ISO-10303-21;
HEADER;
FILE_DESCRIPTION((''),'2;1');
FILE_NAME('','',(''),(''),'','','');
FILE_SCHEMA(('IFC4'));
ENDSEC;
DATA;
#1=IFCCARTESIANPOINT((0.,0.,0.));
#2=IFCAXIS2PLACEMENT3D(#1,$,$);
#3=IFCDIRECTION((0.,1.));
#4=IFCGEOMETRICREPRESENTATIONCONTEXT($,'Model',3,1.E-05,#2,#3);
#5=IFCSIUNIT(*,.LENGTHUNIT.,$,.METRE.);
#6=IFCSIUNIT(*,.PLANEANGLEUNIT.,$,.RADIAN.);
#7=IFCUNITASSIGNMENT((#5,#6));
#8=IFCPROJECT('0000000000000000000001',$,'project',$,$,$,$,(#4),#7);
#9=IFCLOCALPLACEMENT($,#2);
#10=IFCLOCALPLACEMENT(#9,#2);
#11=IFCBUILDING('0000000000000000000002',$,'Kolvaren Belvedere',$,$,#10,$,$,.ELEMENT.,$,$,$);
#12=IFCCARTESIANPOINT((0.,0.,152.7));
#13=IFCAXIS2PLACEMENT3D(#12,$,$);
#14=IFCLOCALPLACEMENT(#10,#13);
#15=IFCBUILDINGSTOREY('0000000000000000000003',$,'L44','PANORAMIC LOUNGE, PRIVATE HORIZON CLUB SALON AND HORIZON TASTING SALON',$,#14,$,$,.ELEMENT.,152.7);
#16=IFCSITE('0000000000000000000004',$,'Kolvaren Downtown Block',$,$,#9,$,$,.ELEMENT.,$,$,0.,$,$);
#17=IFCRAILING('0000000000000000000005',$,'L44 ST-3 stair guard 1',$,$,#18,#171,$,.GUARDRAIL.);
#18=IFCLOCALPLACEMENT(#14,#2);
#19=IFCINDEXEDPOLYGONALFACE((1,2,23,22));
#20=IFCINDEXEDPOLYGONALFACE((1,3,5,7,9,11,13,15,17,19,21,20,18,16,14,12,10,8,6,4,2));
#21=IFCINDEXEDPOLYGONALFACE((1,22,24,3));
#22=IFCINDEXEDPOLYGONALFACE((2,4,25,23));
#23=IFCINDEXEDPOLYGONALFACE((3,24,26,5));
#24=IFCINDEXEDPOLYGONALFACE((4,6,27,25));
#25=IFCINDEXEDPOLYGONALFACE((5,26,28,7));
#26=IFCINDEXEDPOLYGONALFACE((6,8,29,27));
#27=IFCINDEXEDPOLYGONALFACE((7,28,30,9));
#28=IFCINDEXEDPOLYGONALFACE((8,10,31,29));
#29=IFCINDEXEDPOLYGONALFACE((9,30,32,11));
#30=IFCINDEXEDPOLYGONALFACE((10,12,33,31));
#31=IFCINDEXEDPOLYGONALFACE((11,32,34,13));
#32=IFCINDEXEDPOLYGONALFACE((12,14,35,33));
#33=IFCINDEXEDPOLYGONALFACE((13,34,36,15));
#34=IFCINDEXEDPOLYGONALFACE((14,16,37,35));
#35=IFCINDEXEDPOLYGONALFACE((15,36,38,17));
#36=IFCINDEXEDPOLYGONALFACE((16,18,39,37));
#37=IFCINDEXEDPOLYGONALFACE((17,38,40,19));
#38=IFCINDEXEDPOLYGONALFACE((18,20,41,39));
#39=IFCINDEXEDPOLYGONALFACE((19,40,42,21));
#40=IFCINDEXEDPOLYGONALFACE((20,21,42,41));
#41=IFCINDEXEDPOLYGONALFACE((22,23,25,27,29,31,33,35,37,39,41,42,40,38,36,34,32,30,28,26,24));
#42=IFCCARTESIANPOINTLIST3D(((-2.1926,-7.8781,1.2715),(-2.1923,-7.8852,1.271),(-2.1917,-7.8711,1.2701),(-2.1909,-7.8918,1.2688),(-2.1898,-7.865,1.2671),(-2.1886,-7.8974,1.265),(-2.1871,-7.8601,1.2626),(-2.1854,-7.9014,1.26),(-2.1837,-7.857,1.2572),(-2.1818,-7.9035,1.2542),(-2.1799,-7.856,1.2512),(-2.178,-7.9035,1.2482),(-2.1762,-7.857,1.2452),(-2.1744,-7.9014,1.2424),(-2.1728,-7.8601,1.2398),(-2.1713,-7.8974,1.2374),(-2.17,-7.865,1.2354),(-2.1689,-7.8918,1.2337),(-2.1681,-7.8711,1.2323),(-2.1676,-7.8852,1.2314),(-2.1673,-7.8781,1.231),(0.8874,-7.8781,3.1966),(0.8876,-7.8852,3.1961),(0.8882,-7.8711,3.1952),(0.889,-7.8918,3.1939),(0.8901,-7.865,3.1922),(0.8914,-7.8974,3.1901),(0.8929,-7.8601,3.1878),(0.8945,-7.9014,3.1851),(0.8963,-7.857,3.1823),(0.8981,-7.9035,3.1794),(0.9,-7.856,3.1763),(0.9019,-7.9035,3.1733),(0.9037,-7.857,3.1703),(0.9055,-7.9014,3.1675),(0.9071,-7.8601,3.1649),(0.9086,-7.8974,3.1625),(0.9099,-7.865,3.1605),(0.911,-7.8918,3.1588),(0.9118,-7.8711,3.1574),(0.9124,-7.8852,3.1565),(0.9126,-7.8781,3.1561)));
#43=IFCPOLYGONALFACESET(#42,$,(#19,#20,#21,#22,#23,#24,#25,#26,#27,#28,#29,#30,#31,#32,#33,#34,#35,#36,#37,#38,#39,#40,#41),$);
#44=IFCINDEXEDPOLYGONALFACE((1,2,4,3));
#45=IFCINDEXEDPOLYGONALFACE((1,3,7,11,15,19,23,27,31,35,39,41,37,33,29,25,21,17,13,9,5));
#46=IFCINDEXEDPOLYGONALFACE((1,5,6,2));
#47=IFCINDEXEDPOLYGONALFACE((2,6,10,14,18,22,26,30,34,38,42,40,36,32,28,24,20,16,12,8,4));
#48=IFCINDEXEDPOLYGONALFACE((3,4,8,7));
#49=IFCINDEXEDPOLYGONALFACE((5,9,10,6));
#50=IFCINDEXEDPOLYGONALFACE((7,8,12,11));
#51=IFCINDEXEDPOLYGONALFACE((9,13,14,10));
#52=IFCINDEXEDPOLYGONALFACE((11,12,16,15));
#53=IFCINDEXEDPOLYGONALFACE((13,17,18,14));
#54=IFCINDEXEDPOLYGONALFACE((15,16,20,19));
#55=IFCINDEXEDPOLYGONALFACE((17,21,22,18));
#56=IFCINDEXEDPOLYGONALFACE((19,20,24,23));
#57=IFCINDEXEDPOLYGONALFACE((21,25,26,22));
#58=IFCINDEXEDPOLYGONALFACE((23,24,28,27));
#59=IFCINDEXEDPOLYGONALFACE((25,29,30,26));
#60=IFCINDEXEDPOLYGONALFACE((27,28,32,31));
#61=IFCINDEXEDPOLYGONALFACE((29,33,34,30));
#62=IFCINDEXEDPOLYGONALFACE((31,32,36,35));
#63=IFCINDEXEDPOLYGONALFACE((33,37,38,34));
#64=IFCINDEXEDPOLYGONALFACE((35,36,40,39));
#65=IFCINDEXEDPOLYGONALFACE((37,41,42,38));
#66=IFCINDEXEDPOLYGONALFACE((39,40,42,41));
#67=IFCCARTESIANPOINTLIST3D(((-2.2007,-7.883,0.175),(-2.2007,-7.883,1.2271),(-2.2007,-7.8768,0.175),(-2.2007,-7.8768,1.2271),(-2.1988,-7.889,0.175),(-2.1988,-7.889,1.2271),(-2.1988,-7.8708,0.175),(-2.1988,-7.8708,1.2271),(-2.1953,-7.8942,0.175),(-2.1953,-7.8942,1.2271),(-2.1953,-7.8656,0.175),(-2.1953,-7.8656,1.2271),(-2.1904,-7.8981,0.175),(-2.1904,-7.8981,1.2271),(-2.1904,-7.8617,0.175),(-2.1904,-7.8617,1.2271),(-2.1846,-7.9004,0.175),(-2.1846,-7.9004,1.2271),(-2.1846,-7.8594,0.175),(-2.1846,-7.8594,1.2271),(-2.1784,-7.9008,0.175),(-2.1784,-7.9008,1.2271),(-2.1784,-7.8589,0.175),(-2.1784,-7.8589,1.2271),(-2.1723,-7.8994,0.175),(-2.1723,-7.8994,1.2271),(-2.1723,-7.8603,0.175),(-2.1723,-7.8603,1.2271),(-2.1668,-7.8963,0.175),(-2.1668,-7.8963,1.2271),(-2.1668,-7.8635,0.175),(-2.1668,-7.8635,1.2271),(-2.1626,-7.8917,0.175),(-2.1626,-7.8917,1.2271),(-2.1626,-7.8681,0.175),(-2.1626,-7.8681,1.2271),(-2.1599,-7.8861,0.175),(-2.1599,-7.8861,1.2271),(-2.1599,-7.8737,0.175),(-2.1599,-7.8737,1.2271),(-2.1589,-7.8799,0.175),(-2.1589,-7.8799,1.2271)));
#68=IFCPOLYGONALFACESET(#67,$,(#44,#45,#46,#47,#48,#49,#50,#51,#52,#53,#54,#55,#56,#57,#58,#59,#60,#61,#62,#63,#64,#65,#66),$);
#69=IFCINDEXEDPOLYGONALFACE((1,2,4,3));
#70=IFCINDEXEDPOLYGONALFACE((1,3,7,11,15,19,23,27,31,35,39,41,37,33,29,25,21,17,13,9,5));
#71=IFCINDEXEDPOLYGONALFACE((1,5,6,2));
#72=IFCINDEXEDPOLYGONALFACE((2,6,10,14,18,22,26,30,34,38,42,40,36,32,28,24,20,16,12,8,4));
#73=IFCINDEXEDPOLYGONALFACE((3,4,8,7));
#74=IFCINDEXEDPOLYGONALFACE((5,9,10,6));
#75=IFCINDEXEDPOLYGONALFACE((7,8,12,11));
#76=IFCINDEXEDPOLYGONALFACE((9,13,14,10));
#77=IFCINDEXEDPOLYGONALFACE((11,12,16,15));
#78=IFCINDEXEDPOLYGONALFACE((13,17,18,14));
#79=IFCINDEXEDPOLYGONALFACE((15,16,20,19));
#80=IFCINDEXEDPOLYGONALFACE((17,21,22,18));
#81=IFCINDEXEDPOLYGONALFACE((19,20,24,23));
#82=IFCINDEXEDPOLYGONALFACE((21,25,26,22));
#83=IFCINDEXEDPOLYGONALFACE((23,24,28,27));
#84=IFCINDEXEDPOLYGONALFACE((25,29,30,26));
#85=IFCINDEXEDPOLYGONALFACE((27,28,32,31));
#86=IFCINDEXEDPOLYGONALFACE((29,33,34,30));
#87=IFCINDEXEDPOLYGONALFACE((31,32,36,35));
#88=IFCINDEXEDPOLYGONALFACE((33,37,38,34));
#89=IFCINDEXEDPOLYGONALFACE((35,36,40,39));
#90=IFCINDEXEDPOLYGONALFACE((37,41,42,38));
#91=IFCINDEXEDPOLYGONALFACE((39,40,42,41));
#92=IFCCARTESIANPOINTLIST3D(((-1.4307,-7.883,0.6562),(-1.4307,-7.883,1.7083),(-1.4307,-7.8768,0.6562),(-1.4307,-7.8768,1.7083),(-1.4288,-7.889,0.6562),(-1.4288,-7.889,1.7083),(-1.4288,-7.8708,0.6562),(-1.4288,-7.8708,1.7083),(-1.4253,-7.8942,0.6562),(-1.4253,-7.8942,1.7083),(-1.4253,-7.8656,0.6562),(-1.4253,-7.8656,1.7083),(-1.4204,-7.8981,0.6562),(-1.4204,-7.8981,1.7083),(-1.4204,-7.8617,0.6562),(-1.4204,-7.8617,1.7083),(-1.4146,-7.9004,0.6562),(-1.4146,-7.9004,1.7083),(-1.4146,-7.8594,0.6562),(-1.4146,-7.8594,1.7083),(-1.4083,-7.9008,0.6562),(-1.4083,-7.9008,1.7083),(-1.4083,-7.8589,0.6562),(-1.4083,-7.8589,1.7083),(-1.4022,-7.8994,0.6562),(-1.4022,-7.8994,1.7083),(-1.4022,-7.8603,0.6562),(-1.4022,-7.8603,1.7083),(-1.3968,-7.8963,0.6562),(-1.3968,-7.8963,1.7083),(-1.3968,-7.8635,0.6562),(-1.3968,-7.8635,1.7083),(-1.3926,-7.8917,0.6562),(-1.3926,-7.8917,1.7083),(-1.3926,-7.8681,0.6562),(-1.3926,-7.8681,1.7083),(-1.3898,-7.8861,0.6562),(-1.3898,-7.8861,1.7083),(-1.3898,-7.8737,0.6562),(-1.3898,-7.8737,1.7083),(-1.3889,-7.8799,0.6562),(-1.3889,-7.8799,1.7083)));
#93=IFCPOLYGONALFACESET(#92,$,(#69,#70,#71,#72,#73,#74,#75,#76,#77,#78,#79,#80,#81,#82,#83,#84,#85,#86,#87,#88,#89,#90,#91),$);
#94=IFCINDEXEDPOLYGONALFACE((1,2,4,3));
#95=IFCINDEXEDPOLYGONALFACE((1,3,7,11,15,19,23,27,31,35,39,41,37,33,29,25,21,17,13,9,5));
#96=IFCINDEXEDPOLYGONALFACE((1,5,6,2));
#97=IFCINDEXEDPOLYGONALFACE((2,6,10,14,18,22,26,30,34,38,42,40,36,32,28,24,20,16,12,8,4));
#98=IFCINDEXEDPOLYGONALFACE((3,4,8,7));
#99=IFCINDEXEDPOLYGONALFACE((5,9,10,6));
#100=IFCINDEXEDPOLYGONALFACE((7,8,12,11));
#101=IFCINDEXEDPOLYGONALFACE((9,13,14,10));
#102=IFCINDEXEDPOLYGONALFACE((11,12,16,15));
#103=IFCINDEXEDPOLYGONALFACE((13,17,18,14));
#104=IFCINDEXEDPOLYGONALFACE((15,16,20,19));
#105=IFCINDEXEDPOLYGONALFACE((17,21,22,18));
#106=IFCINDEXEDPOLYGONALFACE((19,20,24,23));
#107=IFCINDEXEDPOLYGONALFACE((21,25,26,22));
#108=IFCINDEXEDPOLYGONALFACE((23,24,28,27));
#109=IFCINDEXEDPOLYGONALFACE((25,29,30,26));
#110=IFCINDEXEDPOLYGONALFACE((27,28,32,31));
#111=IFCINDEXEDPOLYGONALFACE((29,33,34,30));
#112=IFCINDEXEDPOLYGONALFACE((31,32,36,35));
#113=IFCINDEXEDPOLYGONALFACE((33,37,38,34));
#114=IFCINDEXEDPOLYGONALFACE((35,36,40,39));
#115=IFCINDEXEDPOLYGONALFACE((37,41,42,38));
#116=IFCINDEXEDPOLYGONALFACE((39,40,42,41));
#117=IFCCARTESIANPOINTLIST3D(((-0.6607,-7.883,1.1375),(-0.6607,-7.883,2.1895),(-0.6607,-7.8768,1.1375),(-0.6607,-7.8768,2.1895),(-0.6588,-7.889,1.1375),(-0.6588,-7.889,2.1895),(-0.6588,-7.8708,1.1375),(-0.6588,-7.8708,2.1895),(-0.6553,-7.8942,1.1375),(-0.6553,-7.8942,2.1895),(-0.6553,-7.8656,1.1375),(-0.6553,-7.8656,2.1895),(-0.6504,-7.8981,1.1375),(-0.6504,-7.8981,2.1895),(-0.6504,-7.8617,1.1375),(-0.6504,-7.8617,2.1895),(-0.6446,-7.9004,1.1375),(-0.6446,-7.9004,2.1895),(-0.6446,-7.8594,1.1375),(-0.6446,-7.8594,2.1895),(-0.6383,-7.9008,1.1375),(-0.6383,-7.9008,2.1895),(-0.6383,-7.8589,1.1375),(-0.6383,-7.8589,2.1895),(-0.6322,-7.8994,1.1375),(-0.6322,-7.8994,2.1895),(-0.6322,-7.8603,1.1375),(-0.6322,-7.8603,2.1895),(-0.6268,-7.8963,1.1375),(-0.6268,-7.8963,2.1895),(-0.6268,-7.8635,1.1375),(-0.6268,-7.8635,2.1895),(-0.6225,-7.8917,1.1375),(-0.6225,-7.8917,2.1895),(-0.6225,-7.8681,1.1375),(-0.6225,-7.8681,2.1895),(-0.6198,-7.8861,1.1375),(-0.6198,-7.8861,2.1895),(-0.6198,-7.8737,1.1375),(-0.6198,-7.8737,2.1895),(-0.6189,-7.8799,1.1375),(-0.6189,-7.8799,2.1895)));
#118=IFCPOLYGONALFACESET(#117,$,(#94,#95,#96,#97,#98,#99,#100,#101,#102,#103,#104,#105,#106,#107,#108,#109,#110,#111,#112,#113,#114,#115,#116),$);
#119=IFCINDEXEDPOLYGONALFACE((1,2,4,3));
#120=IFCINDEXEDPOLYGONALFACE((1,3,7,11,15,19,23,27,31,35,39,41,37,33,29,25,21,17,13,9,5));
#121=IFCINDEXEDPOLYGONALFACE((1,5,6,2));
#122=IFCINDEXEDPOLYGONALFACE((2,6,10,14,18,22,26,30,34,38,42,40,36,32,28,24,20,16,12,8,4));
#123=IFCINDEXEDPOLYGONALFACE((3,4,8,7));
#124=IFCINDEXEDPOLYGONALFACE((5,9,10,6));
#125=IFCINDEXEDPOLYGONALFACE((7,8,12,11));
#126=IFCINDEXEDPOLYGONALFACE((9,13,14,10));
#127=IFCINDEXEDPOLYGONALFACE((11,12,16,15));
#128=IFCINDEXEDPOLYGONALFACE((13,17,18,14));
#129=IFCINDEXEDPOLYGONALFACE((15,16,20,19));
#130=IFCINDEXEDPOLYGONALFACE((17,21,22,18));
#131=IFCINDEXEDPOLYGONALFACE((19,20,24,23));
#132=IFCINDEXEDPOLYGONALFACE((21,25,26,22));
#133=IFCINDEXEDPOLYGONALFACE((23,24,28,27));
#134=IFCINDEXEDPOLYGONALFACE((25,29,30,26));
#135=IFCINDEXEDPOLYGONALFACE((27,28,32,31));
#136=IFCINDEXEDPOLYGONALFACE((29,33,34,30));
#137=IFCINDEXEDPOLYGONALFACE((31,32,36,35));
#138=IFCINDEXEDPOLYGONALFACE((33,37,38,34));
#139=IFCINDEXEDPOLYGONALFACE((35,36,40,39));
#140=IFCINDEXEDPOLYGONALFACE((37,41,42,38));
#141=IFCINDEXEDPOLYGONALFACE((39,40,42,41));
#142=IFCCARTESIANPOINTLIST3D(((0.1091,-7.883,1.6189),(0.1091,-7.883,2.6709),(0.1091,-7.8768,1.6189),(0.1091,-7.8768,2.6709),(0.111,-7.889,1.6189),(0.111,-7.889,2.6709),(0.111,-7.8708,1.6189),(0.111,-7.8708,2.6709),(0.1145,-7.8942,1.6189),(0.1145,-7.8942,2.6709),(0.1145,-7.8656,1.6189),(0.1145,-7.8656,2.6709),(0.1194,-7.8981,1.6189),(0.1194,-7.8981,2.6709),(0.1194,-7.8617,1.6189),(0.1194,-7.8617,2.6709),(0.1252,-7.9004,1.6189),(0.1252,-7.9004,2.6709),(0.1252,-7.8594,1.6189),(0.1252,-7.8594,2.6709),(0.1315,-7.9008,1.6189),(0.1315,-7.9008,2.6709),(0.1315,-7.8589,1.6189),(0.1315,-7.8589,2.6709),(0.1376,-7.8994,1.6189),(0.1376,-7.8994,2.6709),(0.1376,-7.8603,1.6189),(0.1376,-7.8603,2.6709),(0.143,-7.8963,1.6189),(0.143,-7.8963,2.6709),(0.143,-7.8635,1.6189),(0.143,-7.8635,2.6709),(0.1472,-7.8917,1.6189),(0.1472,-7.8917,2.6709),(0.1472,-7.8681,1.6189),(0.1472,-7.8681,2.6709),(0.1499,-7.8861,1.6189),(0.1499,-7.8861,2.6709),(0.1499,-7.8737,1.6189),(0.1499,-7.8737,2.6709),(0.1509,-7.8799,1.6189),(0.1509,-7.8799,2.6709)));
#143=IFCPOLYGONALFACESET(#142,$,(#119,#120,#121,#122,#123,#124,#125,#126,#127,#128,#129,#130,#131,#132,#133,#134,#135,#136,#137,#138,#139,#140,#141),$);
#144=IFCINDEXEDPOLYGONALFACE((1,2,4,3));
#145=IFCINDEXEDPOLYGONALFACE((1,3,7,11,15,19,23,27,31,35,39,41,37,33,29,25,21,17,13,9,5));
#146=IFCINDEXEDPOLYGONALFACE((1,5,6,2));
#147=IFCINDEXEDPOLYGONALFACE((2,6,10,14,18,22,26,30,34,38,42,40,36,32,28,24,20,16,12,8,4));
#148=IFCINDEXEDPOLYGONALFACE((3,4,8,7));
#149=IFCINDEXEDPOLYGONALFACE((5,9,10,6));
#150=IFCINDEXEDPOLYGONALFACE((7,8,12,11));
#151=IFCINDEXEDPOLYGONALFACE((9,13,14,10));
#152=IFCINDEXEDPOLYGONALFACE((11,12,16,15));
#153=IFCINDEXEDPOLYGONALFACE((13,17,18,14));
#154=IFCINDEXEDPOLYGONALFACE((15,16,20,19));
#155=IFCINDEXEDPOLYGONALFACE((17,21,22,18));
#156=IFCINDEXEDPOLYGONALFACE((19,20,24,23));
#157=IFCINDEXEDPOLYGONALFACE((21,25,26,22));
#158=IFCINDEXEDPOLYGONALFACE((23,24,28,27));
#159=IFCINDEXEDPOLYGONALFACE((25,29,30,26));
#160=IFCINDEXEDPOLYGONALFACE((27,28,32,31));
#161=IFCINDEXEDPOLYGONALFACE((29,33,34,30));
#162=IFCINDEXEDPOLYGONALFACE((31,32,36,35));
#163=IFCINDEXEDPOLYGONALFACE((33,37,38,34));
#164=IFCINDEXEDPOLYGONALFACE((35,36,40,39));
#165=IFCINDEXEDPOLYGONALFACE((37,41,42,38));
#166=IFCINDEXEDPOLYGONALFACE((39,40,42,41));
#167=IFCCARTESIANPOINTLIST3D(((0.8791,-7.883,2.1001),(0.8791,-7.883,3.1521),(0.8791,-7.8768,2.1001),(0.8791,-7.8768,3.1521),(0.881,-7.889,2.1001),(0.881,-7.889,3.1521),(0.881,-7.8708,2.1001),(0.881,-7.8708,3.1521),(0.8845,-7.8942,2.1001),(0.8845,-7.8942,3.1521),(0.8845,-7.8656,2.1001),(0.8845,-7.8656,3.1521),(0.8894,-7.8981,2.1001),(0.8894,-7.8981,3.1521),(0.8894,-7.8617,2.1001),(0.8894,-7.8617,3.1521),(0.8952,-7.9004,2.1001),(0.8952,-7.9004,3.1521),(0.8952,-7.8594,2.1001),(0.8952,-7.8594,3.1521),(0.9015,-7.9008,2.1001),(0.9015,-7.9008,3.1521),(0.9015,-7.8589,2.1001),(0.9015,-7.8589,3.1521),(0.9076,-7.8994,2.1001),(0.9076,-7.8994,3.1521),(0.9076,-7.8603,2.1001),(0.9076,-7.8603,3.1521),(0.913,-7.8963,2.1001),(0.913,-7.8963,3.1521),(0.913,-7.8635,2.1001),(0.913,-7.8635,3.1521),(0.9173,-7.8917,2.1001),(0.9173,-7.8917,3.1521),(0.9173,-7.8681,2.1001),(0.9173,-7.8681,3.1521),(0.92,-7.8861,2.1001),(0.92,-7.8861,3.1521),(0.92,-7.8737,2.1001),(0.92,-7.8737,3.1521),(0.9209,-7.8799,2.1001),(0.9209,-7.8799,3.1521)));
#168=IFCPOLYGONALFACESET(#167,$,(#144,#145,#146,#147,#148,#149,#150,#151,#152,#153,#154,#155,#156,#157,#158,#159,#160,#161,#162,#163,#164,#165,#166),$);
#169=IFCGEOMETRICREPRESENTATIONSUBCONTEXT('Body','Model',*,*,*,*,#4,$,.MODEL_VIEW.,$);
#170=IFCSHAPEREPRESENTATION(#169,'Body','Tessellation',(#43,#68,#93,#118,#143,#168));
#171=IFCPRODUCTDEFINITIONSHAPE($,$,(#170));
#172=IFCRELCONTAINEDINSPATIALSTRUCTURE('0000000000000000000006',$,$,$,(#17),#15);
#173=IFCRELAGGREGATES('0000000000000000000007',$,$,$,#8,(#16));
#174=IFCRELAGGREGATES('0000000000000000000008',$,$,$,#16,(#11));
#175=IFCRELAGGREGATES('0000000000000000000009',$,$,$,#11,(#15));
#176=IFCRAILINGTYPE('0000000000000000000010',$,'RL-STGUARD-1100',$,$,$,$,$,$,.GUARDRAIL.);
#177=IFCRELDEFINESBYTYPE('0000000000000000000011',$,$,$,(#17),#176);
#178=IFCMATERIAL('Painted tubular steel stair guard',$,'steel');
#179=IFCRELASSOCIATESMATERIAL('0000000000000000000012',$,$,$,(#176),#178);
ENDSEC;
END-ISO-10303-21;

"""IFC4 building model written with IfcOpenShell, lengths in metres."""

from ifc_helpers import new_model, si_unit, direction, frame, origin, origin_2d, place, context, subcontext, project, spatial, circle, extrude, material, type_object, element, save


model = new_model("IFC4")

# Units and contexts
model_context = context("Model", 3, precision=1e-05, world=origin(), true_north=direction((0.0, 1.0)))
body_context = subcontext(model_context, "Body", "Model", "MODEL_VIEW")
ifc_project = project(units=[si_unit("LENGTHUNIT", "METRE"), si_unit("PLANEANGLEUNIT", "RADIAN")], contexts=[model_context])

# Site, building, storey
site_placement = place(None, origin())
site = spatial("IfcSite", under=ifc_project, at=site_placement, Name="Kolvaren Downtown Block", CompositionType="ELEMENT", RefElevation=0.0)
building_placement = place(site_placement, origin())
building = spatial("IfcBuilding", under=site, at=building_placement, Name="Kolvaren Belvedere", CompositionType="ELEMENT")
storey_placement = place(building_placement, frame((0.0, 0.0, 152.7)))
storey = spatial("IfcBuildingStorey", under=building, at=storey_placement, Name="L44", Description="PANORAMIC LOUNGE, PRIVATE HORIZON CLUB SALON AND HORIZON TASTING SALON", CompositionType="ELEMENT", Elevation=152.7)

# Railing
ifc_material_1 = material(Name="Painted tubular steel stair guard", Category="steel")
railing_type_1 = type_object("IfcRailingType", Name="RL-STGUARD-1100", PredefinedType="GUARDRAIL", material=ifc_material_1)
railing_1_placement = place(storey_placement, frame((-2.1799, -7.8799, 0.175)))
element("IfcRailing", 1, at=railing_1_placement, inside=storey, type_object=railing_type_1, Name="L44 ST-3 stair guard 1", PredefinedType="GUARDRAIL", context=body_context, shape_type="SweptSolid", body=[
    extrude(circle(Radius=0.0239, at=origin_2d()), frame((0.0, 0.0, 1.0762), z_axis=(0.847979, 0.0, 0.530029), x_axis=(0.0, 1.0, 0.0)), (0.0, 0.0, 1.0), 3.6321),
    extrude(circle(Radius=0.021, at=origin_2d()), origin(), (0.0, 0.0, 1.0), 1.052),
    extrude(circle(Radius=0.021, at=origin_2d()), frame((0.77, 0.0, 0.4812)), (0.0, 0.0, 1.0), 1.052),
    extrude(circle(Radius=0.021, at=origin_2d()), frame((1.54, 0.0, 0.9624)), (0.0, 0.0, 1.0), 1.052),
    extrude(circle(Radius=0.021, at=origin_2d()), frame((2.3098, 0.0, 1.4438)), (0.0, 0.0, 1.0), 1.052),
    extrude(circle(Radius=0.021, at=origin_2d()), frame((3.0798, 0.0, 1.925)), (0.0, 0.0, 1.0), 1.052),
])

save(model, "model.ifc")
